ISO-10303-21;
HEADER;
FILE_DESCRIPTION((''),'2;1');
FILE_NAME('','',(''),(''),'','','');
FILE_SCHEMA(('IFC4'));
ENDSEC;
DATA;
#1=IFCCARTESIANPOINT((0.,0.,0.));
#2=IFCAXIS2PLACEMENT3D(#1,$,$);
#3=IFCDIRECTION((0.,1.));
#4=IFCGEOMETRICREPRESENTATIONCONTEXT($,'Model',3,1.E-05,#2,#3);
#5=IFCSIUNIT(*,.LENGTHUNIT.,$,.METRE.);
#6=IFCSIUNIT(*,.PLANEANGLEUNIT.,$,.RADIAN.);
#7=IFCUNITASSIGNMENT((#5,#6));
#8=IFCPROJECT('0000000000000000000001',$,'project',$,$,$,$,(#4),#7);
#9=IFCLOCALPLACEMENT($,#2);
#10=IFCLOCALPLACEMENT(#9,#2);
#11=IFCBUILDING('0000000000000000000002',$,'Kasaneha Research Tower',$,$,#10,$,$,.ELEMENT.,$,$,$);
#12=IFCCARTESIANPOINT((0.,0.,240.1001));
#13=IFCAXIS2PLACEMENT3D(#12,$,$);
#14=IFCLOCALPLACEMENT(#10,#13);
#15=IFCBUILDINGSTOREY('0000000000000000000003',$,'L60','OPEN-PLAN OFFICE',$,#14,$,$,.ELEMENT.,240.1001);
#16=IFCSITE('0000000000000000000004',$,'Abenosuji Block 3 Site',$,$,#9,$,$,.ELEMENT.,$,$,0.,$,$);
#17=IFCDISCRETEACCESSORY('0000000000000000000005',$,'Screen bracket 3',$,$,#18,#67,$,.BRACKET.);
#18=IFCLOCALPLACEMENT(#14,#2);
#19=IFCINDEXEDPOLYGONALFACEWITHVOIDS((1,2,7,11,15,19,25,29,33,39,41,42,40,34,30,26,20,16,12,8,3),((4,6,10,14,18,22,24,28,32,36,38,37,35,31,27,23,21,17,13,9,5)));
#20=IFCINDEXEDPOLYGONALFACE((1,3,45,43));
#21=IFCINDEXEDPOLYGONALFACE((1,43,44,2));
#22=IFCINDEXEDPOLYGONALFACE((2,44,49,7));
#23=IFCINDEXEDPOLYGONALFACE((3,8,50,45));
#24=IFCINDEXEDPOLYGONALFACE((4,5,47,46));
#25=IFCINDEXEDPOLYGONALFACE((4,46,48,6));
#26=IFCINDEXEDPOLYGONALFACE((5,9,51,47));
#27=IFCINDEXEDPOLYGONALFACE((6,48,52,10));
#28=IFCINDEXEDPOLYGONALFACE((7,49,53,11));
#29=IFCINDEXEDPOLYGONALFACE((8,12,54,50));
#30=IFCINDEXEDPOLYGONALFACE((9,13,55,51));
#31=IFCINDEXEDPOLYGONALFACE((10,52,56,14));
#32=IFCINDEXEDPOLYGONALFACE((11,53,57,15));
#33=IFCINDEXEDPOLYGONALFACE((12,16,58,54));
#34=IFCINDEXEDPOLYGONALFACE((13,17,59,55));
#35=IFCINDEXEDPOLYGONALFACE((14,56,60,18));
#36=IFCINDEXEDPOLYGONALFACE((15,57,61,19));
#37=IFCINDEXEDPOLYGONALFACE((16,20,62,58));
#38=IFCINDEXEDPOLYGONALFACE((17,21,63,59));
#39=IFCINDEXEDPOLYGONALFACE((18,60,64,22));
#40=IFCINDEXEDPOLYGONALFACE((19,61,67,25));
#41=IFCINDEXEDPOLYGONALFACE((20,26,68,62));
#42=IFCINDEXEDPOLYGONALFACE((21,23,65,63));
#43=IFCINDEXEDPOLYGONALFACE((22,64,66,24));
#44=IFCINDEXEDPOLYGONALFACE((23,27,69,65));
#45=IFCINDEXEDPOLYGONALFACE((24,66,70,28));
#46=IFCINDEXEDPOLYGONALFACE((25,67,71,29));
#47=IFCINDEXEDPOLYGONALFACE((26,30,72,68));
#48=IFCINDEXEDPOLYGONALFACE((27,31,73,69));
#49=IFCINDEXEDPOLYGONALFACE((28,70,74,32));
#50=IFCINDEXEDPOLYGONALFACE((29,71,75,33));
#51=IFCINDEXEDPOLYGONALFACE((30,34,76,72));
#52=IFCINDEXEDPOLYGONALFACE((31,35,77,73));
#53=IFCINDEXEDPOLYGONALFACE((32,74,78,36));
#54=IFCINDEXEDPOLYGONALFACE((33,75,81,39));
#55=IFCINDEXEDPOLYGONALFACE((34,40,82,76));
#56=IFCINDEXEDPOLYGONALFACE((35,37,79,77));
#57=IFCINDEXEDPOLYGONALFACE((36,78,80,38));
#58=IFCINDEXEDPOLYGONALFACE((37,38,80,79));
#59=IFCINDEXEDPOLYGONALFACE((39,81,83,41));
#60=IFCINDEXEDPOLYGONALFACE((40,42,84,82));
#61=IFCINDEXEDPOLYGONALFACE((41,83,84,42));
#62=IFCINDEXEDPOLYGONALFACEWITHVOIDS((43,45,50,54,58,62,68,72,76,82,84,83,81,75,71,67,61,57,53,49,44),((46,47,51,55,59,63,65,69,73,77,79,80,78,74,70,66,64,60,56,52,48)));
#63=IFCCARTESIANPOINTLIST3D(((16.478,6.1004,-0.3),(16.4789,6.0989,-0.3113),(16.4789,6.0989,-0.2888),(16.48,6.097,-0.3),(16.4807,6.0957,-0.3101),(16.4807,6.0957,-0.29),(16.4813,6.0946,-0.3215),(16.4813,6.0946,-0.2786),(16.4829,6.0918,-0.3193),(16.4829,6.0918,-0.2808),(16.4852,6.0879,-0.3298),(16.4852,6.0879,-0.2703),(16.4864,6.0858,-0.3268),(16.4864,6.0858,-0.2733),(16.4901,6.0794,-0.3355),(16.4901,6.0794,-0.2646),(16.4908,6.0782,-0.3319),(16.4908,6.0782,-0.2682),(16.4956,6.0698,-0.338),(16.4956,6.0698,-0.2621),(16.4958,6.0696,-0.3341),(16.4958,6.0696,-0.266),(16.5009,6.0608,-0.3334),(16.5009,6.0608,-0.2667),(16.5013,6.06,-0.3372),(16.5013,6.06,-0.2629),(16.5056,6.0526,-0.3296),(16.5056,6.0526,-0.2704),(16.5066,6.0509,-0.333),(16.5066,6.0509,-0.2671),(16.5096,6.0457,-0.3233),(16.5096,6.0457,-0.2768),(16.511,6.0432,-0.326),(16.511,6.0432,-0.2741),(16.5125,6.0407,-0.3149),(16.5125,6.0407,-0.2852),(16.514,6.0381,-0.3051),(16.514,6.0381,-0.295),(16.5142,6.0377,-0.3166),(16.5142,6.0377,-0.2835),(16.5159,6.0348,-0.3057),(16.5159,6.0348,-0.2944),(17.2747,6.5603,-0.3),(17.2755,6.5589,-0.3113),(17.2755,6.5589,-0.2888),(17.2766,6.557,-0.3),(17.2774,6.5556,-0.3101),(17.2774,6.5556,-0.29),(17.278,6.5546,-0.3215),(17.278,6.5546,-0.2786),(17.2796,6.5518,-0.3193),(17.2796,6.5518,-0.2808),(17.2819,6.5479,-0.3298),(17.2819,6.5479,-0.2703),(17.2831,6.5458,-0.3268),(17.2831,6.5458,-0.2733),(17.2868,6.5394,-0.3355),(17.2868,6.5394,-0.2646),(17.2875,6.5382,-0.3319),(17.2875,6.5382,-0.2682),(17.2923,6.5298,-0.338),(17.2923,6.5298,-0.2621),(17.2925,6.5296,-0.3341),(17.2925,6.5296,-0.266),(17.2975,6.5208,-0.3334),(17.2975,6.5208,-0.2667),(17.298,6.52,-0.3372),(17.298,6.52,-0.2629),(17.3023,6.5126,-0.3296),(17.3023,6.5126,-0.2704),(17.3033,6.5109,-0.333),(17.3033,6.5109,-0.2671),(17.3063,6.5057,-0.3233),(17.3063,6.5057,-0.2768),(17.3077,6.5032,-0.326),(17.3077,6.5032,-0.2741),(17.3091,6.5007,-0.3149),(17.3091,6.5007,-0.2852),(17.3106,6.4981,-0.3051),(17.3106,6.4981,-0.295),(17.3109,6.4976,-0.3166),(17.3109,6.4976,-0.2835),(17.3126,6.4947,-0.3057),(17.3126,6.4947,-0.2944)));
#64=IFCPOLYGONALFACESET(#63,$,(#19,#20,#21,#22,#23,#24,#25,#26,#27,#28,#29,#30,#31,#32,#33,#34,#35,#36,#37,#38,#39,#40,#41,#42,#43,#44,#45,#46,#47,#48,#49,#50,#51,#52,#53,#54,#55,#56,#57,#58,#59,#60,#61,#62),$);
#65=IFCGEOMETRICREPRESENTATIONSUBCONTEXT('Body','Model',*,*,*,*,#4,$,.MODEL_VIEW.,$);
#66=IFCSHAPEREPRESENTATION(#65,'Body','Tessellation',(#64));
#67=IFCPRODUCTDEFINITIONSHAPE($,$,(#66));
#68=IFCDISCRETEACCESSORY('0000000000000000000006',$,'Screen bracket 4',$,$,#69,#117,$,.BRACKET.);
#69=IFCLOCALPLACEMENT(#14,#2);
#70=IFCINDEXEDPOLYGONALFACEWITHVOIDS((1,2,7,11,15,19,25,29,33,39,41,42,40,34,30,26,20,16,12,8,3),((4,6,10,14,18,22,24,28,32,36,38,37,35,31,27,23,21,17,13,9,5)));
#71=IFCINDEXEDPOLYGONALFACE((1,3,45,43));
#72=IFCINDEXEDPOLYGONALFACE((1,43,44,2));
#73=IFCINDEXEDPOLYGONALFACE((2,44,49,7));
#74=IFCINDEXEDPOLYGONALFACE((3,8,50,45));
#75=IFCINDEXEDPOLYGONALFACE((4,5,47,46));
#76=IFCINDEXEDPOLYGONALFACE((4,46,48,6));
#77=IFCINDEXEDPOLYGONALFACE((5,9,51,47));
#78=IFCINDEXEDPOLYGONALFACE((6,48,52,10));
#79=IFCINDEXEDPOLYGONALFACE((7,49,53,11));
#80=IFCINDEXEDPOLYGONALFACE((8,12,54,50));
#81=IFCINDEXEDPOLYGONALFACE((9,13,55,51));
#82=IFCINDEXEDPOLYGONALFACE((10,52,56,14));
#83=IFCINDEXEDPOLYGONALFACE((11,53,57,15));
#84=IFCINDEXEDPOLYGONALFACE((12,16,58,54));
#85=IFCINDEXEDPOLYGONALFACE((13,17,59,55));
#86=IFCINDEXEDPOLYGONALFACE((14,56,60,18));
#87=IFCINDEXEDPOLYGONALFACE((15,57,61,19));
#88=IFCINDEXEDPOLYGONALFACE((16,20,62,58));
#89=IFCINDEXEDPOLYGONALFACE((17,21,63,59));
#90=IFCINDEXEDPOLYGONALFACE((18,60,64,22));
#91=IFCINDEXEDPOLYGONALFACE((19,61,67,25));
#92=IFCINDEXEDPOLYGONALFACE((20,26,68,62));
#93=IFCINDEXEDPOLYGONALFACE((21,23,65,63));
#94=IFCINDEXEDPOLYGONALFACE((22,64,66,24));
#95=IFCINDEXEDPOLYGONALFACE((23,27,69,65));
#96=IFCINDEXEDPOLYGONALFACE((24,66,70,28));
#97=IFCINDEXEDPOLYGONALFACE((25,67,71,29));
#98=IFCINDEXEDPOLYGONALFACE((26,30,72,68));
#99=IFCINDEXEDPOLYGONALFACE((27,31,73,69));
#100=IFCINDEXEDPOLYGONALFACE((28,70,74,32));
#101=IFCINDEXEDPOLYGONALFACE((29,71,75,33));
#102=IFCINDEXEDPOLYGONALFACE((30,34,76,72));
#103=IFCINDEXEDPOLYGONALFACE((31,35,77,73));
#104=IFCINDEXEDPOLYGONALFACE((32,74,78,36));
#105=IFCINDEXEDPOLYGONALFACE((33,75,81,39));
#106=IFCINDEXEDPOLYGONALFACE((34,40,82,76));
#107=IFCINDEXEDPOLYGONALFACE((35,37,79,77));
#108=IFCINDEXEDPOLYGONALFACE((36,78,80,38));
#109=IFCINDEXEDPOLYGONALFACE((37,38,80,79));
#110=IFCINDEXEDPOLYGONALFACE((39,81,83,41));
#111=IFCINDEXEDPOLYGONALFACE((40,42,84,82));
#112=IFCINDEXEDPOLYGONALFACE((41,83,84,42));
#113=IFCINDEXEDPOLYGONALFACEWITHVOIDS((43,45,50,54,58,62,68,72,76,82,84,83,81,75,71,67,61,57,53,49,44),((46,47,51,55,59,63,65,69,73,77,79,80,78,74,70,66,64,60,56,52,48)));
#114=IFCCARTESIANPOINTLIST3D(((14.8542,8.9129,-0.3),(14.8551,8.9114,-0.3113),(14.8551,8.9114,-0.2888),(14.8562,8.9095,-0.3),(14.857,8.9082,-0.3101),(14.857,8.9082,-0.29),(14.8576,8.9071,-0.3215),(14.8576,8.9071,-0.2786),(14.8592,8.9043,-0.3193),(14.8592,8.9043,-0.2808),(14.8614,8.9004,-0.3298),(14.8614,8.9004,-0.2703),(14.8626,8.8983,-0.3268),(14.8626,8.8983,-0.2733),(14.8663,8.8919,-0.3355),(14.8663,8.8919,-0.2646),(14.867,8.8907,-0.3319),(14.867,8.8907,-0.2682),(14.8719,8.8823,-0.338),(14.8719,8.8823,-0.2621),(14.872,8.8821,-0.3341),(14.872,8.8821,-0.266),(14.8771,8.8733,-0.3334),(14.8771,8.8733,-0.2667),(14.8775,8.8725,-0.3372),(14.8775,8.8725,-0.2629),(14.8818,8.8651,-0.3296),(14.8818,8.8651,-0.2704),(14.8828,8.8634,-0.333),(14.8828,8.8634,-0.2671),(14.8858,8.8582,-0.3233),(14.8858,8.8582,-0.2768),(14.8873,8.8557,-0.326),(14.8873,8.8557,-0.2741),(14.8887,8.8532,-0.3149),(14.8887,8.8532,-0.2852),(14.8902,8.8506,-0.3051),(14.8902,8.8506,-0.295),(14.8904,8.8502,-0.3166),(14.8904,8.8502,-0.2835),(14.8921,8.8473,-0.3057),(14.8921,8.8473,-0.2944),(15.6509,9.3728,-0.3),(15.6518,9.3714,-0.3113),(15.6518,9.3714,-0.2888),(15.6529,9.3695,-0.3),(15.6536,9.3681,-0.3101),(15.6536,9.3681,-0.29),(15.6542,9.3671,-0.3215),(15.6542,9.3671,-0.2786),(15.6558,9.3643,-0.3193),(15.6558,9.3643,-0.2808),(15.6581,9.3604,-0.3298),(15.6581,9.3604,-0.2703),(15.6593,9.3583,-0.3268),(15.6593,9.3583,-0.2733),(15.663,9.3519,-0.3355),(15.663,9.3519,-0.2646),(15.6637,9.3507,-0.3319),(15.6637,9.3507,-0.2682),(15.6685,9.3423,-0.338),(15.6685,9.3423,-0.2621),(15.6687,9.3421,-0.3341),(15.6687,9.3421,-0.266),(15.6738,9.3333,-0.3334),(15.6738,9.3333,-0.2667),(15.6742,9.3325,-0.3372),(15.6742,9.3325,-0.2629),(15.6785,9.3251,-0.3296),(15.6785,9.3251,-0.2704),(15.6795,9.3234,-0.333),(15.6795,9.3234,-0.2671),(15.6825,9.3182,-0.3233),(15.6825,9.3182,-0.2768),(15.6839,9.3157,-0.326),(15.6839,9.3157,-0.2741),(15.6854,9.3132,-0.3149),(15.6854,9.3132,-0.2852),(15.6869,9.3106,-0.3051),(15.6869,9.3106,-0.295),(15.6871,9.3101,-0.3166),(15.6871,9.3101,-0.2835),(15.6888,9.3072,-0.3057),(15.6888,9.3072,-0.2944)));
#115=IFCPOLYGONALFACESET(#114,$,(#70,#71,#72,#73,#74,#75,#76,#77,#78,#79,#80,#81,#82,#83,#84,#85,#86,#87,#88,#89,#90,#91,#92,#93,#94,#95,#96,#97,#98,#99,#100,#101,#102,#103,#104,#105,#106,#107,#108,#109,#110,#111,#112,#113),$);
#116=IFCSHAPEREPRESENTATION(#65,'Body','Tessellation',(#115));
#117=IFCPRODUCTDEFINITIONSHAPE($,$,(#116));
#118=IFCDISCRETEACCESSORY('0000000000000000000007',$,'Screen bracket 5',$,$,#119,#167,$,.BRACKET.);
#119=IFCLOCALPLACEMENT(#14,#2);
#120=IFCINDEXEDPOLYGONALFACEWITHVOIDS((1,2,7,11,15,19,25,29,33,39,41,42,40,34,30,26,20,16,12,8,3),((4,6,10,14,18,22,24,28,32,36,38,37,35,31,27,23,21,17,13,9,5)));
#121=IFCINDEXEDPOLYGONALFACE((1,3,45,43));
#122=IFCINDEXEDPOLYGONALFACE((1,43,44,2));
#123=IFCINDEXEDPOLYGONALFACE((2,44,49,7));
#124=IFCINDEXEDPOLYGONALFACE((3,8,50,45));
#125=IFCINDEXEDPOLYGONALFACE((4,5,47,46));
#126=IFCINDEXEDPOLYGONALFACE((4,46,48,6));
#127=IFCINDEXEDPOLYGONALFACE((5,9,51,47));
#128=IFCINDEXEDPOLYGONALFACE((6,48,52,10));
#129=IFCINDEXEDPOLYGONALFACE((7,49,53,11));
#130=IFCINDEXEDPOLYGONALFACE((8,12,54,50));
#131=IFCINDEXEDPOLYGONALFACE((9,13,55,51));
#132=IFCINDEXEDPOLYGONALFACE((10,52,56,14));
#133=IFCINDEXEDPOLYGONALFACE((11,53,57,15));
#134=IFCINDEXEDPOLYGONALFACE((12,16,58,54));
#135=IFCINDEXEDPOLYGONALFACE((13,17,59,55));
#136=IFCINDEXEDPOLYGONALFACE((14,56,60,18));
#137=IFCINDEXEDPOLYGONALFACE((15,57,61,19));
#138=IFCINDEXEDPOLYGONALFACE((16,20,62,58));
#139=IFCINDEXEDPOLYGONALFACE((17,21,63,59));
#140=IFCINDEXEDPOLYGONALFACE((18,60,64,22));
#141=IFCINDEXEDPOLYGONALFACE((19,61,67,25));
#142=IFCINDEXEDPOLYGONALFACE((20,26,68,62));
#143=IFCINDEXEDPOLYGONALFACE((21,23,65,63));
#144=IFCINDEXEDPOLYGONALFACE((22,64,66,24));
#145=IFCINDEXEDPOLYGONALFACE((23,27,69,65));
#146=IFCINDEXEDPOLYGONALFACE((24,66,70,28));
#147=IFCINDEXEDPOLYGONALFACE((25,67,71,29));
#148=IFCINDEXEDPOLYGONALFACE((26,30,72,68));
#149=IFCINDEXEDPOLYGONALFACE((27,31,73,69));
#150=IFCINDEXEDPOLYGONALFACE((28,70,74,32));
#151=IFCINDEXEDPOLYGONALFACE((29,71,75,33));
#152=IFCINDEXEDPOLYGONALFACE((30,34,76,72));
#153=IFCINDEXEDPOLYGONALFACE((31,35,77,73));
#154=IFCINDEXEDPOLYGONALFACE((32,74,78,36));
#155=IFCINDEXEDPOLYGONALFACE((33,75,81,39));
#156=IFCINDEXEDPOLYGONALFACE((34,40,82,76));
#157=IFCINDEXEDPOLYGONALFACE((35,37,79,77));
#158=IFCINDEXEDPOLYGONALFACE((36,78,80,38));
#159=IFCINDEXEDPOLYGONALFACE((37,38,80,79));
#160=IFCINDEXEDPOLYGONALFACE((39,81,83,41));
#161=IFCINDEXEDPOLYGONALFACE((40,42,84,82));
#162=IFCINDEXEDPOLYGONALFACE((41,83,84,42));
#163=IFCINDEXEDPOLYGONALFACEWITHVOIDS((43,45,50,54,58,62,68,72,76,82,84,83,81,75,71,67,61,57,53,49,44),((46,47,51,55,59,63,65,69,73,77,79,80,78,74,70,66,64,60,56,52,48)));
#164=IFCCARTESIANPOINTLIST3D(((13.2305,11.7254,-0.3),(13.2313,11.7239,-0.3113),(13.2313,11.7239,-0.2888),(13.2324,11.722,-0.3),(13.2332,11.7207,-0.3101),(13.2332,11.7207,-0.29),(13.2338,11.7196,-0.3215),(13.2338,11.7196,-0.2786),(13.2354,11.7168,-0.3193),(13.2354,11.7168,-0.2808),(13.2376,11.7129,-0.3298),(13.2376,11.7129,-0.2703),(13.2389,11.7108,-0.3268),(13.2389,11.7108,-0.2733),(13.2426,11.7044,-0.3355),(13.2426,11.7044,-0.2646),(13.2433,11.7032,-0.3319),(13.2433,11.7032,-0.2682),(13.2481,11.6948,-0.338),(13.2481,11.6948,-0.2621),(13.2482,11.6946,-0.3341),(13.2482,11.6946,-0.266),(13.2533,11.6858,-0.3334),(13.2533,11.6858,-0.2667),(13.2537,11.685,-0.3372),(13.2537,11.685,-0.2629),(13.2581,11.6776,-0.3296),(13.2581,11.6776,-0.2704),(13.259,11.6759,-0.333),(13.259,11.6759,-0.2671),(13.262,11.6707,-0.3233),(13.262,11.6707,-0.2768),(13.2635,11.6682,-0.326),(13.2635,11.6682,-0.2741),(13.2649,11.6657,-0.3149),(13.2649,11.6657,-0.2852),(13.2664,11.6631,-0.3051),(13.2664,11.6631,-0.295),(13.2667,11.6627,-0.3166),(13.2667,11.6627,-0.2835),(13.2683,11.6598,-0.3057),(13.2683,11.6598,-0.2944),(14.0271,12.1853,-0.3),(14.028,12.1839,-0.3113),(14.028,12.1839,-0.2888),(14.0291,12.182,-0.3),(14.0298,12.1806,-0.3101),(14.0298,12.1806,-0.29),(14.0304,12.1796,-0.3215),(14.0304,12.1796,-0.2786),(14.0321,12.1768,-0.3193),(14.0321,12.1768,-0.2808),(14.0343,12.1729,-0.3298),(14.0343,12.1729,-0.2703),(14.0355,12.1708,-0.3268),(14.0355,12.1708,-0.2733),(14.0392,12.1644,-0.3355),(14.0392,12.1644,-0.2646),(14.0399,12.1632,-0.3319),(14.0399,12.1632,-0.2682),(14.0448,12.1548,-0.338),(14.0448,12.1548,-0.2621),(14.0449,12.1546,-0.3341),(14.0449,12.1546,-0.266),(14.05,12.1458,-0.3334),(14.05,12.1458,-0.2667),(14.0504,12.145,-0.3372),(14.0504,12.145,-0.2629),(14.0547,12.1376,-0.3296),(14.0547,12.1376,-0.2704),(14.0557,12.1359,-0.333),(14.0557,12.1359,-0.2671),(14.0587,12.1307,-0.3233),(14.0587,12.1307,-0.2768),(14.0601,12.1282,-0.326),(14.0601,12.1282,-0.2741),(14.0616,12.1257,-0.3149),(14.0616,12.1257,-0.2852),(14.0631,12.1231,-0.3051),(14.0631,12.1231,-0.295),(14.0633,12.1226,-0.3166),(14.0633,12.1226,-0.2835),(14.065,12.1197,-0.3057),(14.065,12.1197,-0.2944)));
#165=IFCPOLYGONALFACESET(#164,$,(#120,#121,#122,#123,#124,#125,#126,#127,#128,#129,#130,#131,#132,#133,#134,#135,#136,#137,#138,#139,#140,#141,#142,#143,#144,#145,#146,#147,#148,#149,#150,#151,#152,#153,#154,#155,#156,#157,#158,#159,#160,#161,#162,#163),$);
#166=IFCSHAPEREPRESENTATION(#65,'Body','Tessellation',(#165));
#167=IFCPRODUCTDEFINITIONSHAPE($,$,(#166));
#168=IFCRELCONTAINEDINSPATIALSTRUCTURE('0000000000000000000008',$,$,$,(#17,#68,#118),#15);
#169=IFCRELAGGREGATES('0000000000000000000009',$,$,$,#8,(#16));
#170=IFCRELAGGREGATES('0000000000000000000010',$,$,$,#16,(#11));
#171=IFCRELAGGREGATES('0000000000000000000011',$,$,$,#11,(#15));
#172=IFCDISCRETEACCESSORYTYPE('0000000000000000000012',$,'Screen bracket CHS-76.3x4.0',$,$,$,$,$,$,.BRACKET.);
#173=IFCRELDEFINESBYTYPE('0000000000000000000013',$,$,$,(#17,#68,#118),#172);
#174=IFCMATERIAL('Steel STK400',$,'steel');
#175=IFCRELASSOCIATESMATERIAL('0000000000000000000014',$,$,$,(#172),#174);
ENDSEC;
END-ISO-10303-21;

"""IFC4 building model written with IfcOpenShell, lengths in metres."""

from ifc_helpers import new_model, si_unit, direction, frame, origin, origin_2d, place, context, subcontext, project, spatial, hollow_circle, extrude, material, material_profile, profile_set, type_object, element, save


model = new_model("IFC4")

# Units and contexts
model_context = context("Model", 3, precision=1e-05, world=origin(), true_north=direction((0.0, 1.0)))
body_context = subcontext(model_context, "Body", "Model", "MODEL_VIEW")
ifc_project = project(units=[si_unit("LENGTHUNIT", "METRE"), si_unit("PLANEANGLEUNIT", "RADIAN")], contexts=[model_context])

# Site, building, storey
site_placement = place(None, origin())
site = spatial("IfcSite", under=ifc_project, at=site_placement, Name="Abenosuji Block 3 Site", CompositionType="ELEMENT", RefElevation=0.0)
building_placement = place(site_placement, origin())
building = spatial("IfcBuilding", under=site, at=building_placement, Name="Kasaneha Research Tower", CompositionType="ELEMENT")
storey_placement = place(building_placement, frame((0.0, 0.0, 240.1001)))
storey = spatial("IfcBuildingStorey", under=building, at=storey_placement, Name="L60", Description="OPEN-PLAN OFFICE", CompositionType="ELEMENT", Elevation=240.1001)

# Discrete accessories
ifc_material_1 = material(Name="Steel STK400", Category="steel")
ifc_material_profile_1 = material_profile(ifc_material_1, hollow_circle(Radius=0.0381, WallThickness=0.0039, at=origin_2d()), Name="CHS-76.3x4.0")
ifc_profile_set_1 = profile_set([ifc_material_profile_1], Name="Steel STK400")
discrete_accessory_type = type_object("IfcDiscreteAccessoryType", Name="Screen bracket CHS-76.3x4.0", PredefinedType="BRACKET", material=ifc_profile_set_1)
for number, where, z_axis, x_axis, name in (
    (1, (16.4971, 6.0674, -0.3), (0.866013, 0.500021, 0.0), (-0.500021, 0.866013, 0.0), "Screen bracket 3"),
    (2, (14.8733, 8.8799, -0.3), (0.866013, 0.500021, 0.0), (-0.500021, 0.866013, 0.0), "Screen bracket 4"),
    (3, (13.2495, 11.6924, -0.3), (0.866013, 0.500021, 0.0), (-0.500021, 0.866013, 0.0), "Screen bracket 5"),
):
    element("IfcDiscreteAccessory", number, at=place(storey_placement, frame(where, z_axis=z_axis, x_axis=x_axis)), inside=storey, type_object=discrete_accessory_type, Name=name, PredefinedType="BRACKET", context=body_context, shape_type="SweptSolid", body=[
        extrude(hollow_circle(Radius=0.0381, WallThickness=0.0039, at=origin_2d()), origin(), (0.0, 0.0, 1.0), 0.9199),
    ])

save(model, "model.ifc")
